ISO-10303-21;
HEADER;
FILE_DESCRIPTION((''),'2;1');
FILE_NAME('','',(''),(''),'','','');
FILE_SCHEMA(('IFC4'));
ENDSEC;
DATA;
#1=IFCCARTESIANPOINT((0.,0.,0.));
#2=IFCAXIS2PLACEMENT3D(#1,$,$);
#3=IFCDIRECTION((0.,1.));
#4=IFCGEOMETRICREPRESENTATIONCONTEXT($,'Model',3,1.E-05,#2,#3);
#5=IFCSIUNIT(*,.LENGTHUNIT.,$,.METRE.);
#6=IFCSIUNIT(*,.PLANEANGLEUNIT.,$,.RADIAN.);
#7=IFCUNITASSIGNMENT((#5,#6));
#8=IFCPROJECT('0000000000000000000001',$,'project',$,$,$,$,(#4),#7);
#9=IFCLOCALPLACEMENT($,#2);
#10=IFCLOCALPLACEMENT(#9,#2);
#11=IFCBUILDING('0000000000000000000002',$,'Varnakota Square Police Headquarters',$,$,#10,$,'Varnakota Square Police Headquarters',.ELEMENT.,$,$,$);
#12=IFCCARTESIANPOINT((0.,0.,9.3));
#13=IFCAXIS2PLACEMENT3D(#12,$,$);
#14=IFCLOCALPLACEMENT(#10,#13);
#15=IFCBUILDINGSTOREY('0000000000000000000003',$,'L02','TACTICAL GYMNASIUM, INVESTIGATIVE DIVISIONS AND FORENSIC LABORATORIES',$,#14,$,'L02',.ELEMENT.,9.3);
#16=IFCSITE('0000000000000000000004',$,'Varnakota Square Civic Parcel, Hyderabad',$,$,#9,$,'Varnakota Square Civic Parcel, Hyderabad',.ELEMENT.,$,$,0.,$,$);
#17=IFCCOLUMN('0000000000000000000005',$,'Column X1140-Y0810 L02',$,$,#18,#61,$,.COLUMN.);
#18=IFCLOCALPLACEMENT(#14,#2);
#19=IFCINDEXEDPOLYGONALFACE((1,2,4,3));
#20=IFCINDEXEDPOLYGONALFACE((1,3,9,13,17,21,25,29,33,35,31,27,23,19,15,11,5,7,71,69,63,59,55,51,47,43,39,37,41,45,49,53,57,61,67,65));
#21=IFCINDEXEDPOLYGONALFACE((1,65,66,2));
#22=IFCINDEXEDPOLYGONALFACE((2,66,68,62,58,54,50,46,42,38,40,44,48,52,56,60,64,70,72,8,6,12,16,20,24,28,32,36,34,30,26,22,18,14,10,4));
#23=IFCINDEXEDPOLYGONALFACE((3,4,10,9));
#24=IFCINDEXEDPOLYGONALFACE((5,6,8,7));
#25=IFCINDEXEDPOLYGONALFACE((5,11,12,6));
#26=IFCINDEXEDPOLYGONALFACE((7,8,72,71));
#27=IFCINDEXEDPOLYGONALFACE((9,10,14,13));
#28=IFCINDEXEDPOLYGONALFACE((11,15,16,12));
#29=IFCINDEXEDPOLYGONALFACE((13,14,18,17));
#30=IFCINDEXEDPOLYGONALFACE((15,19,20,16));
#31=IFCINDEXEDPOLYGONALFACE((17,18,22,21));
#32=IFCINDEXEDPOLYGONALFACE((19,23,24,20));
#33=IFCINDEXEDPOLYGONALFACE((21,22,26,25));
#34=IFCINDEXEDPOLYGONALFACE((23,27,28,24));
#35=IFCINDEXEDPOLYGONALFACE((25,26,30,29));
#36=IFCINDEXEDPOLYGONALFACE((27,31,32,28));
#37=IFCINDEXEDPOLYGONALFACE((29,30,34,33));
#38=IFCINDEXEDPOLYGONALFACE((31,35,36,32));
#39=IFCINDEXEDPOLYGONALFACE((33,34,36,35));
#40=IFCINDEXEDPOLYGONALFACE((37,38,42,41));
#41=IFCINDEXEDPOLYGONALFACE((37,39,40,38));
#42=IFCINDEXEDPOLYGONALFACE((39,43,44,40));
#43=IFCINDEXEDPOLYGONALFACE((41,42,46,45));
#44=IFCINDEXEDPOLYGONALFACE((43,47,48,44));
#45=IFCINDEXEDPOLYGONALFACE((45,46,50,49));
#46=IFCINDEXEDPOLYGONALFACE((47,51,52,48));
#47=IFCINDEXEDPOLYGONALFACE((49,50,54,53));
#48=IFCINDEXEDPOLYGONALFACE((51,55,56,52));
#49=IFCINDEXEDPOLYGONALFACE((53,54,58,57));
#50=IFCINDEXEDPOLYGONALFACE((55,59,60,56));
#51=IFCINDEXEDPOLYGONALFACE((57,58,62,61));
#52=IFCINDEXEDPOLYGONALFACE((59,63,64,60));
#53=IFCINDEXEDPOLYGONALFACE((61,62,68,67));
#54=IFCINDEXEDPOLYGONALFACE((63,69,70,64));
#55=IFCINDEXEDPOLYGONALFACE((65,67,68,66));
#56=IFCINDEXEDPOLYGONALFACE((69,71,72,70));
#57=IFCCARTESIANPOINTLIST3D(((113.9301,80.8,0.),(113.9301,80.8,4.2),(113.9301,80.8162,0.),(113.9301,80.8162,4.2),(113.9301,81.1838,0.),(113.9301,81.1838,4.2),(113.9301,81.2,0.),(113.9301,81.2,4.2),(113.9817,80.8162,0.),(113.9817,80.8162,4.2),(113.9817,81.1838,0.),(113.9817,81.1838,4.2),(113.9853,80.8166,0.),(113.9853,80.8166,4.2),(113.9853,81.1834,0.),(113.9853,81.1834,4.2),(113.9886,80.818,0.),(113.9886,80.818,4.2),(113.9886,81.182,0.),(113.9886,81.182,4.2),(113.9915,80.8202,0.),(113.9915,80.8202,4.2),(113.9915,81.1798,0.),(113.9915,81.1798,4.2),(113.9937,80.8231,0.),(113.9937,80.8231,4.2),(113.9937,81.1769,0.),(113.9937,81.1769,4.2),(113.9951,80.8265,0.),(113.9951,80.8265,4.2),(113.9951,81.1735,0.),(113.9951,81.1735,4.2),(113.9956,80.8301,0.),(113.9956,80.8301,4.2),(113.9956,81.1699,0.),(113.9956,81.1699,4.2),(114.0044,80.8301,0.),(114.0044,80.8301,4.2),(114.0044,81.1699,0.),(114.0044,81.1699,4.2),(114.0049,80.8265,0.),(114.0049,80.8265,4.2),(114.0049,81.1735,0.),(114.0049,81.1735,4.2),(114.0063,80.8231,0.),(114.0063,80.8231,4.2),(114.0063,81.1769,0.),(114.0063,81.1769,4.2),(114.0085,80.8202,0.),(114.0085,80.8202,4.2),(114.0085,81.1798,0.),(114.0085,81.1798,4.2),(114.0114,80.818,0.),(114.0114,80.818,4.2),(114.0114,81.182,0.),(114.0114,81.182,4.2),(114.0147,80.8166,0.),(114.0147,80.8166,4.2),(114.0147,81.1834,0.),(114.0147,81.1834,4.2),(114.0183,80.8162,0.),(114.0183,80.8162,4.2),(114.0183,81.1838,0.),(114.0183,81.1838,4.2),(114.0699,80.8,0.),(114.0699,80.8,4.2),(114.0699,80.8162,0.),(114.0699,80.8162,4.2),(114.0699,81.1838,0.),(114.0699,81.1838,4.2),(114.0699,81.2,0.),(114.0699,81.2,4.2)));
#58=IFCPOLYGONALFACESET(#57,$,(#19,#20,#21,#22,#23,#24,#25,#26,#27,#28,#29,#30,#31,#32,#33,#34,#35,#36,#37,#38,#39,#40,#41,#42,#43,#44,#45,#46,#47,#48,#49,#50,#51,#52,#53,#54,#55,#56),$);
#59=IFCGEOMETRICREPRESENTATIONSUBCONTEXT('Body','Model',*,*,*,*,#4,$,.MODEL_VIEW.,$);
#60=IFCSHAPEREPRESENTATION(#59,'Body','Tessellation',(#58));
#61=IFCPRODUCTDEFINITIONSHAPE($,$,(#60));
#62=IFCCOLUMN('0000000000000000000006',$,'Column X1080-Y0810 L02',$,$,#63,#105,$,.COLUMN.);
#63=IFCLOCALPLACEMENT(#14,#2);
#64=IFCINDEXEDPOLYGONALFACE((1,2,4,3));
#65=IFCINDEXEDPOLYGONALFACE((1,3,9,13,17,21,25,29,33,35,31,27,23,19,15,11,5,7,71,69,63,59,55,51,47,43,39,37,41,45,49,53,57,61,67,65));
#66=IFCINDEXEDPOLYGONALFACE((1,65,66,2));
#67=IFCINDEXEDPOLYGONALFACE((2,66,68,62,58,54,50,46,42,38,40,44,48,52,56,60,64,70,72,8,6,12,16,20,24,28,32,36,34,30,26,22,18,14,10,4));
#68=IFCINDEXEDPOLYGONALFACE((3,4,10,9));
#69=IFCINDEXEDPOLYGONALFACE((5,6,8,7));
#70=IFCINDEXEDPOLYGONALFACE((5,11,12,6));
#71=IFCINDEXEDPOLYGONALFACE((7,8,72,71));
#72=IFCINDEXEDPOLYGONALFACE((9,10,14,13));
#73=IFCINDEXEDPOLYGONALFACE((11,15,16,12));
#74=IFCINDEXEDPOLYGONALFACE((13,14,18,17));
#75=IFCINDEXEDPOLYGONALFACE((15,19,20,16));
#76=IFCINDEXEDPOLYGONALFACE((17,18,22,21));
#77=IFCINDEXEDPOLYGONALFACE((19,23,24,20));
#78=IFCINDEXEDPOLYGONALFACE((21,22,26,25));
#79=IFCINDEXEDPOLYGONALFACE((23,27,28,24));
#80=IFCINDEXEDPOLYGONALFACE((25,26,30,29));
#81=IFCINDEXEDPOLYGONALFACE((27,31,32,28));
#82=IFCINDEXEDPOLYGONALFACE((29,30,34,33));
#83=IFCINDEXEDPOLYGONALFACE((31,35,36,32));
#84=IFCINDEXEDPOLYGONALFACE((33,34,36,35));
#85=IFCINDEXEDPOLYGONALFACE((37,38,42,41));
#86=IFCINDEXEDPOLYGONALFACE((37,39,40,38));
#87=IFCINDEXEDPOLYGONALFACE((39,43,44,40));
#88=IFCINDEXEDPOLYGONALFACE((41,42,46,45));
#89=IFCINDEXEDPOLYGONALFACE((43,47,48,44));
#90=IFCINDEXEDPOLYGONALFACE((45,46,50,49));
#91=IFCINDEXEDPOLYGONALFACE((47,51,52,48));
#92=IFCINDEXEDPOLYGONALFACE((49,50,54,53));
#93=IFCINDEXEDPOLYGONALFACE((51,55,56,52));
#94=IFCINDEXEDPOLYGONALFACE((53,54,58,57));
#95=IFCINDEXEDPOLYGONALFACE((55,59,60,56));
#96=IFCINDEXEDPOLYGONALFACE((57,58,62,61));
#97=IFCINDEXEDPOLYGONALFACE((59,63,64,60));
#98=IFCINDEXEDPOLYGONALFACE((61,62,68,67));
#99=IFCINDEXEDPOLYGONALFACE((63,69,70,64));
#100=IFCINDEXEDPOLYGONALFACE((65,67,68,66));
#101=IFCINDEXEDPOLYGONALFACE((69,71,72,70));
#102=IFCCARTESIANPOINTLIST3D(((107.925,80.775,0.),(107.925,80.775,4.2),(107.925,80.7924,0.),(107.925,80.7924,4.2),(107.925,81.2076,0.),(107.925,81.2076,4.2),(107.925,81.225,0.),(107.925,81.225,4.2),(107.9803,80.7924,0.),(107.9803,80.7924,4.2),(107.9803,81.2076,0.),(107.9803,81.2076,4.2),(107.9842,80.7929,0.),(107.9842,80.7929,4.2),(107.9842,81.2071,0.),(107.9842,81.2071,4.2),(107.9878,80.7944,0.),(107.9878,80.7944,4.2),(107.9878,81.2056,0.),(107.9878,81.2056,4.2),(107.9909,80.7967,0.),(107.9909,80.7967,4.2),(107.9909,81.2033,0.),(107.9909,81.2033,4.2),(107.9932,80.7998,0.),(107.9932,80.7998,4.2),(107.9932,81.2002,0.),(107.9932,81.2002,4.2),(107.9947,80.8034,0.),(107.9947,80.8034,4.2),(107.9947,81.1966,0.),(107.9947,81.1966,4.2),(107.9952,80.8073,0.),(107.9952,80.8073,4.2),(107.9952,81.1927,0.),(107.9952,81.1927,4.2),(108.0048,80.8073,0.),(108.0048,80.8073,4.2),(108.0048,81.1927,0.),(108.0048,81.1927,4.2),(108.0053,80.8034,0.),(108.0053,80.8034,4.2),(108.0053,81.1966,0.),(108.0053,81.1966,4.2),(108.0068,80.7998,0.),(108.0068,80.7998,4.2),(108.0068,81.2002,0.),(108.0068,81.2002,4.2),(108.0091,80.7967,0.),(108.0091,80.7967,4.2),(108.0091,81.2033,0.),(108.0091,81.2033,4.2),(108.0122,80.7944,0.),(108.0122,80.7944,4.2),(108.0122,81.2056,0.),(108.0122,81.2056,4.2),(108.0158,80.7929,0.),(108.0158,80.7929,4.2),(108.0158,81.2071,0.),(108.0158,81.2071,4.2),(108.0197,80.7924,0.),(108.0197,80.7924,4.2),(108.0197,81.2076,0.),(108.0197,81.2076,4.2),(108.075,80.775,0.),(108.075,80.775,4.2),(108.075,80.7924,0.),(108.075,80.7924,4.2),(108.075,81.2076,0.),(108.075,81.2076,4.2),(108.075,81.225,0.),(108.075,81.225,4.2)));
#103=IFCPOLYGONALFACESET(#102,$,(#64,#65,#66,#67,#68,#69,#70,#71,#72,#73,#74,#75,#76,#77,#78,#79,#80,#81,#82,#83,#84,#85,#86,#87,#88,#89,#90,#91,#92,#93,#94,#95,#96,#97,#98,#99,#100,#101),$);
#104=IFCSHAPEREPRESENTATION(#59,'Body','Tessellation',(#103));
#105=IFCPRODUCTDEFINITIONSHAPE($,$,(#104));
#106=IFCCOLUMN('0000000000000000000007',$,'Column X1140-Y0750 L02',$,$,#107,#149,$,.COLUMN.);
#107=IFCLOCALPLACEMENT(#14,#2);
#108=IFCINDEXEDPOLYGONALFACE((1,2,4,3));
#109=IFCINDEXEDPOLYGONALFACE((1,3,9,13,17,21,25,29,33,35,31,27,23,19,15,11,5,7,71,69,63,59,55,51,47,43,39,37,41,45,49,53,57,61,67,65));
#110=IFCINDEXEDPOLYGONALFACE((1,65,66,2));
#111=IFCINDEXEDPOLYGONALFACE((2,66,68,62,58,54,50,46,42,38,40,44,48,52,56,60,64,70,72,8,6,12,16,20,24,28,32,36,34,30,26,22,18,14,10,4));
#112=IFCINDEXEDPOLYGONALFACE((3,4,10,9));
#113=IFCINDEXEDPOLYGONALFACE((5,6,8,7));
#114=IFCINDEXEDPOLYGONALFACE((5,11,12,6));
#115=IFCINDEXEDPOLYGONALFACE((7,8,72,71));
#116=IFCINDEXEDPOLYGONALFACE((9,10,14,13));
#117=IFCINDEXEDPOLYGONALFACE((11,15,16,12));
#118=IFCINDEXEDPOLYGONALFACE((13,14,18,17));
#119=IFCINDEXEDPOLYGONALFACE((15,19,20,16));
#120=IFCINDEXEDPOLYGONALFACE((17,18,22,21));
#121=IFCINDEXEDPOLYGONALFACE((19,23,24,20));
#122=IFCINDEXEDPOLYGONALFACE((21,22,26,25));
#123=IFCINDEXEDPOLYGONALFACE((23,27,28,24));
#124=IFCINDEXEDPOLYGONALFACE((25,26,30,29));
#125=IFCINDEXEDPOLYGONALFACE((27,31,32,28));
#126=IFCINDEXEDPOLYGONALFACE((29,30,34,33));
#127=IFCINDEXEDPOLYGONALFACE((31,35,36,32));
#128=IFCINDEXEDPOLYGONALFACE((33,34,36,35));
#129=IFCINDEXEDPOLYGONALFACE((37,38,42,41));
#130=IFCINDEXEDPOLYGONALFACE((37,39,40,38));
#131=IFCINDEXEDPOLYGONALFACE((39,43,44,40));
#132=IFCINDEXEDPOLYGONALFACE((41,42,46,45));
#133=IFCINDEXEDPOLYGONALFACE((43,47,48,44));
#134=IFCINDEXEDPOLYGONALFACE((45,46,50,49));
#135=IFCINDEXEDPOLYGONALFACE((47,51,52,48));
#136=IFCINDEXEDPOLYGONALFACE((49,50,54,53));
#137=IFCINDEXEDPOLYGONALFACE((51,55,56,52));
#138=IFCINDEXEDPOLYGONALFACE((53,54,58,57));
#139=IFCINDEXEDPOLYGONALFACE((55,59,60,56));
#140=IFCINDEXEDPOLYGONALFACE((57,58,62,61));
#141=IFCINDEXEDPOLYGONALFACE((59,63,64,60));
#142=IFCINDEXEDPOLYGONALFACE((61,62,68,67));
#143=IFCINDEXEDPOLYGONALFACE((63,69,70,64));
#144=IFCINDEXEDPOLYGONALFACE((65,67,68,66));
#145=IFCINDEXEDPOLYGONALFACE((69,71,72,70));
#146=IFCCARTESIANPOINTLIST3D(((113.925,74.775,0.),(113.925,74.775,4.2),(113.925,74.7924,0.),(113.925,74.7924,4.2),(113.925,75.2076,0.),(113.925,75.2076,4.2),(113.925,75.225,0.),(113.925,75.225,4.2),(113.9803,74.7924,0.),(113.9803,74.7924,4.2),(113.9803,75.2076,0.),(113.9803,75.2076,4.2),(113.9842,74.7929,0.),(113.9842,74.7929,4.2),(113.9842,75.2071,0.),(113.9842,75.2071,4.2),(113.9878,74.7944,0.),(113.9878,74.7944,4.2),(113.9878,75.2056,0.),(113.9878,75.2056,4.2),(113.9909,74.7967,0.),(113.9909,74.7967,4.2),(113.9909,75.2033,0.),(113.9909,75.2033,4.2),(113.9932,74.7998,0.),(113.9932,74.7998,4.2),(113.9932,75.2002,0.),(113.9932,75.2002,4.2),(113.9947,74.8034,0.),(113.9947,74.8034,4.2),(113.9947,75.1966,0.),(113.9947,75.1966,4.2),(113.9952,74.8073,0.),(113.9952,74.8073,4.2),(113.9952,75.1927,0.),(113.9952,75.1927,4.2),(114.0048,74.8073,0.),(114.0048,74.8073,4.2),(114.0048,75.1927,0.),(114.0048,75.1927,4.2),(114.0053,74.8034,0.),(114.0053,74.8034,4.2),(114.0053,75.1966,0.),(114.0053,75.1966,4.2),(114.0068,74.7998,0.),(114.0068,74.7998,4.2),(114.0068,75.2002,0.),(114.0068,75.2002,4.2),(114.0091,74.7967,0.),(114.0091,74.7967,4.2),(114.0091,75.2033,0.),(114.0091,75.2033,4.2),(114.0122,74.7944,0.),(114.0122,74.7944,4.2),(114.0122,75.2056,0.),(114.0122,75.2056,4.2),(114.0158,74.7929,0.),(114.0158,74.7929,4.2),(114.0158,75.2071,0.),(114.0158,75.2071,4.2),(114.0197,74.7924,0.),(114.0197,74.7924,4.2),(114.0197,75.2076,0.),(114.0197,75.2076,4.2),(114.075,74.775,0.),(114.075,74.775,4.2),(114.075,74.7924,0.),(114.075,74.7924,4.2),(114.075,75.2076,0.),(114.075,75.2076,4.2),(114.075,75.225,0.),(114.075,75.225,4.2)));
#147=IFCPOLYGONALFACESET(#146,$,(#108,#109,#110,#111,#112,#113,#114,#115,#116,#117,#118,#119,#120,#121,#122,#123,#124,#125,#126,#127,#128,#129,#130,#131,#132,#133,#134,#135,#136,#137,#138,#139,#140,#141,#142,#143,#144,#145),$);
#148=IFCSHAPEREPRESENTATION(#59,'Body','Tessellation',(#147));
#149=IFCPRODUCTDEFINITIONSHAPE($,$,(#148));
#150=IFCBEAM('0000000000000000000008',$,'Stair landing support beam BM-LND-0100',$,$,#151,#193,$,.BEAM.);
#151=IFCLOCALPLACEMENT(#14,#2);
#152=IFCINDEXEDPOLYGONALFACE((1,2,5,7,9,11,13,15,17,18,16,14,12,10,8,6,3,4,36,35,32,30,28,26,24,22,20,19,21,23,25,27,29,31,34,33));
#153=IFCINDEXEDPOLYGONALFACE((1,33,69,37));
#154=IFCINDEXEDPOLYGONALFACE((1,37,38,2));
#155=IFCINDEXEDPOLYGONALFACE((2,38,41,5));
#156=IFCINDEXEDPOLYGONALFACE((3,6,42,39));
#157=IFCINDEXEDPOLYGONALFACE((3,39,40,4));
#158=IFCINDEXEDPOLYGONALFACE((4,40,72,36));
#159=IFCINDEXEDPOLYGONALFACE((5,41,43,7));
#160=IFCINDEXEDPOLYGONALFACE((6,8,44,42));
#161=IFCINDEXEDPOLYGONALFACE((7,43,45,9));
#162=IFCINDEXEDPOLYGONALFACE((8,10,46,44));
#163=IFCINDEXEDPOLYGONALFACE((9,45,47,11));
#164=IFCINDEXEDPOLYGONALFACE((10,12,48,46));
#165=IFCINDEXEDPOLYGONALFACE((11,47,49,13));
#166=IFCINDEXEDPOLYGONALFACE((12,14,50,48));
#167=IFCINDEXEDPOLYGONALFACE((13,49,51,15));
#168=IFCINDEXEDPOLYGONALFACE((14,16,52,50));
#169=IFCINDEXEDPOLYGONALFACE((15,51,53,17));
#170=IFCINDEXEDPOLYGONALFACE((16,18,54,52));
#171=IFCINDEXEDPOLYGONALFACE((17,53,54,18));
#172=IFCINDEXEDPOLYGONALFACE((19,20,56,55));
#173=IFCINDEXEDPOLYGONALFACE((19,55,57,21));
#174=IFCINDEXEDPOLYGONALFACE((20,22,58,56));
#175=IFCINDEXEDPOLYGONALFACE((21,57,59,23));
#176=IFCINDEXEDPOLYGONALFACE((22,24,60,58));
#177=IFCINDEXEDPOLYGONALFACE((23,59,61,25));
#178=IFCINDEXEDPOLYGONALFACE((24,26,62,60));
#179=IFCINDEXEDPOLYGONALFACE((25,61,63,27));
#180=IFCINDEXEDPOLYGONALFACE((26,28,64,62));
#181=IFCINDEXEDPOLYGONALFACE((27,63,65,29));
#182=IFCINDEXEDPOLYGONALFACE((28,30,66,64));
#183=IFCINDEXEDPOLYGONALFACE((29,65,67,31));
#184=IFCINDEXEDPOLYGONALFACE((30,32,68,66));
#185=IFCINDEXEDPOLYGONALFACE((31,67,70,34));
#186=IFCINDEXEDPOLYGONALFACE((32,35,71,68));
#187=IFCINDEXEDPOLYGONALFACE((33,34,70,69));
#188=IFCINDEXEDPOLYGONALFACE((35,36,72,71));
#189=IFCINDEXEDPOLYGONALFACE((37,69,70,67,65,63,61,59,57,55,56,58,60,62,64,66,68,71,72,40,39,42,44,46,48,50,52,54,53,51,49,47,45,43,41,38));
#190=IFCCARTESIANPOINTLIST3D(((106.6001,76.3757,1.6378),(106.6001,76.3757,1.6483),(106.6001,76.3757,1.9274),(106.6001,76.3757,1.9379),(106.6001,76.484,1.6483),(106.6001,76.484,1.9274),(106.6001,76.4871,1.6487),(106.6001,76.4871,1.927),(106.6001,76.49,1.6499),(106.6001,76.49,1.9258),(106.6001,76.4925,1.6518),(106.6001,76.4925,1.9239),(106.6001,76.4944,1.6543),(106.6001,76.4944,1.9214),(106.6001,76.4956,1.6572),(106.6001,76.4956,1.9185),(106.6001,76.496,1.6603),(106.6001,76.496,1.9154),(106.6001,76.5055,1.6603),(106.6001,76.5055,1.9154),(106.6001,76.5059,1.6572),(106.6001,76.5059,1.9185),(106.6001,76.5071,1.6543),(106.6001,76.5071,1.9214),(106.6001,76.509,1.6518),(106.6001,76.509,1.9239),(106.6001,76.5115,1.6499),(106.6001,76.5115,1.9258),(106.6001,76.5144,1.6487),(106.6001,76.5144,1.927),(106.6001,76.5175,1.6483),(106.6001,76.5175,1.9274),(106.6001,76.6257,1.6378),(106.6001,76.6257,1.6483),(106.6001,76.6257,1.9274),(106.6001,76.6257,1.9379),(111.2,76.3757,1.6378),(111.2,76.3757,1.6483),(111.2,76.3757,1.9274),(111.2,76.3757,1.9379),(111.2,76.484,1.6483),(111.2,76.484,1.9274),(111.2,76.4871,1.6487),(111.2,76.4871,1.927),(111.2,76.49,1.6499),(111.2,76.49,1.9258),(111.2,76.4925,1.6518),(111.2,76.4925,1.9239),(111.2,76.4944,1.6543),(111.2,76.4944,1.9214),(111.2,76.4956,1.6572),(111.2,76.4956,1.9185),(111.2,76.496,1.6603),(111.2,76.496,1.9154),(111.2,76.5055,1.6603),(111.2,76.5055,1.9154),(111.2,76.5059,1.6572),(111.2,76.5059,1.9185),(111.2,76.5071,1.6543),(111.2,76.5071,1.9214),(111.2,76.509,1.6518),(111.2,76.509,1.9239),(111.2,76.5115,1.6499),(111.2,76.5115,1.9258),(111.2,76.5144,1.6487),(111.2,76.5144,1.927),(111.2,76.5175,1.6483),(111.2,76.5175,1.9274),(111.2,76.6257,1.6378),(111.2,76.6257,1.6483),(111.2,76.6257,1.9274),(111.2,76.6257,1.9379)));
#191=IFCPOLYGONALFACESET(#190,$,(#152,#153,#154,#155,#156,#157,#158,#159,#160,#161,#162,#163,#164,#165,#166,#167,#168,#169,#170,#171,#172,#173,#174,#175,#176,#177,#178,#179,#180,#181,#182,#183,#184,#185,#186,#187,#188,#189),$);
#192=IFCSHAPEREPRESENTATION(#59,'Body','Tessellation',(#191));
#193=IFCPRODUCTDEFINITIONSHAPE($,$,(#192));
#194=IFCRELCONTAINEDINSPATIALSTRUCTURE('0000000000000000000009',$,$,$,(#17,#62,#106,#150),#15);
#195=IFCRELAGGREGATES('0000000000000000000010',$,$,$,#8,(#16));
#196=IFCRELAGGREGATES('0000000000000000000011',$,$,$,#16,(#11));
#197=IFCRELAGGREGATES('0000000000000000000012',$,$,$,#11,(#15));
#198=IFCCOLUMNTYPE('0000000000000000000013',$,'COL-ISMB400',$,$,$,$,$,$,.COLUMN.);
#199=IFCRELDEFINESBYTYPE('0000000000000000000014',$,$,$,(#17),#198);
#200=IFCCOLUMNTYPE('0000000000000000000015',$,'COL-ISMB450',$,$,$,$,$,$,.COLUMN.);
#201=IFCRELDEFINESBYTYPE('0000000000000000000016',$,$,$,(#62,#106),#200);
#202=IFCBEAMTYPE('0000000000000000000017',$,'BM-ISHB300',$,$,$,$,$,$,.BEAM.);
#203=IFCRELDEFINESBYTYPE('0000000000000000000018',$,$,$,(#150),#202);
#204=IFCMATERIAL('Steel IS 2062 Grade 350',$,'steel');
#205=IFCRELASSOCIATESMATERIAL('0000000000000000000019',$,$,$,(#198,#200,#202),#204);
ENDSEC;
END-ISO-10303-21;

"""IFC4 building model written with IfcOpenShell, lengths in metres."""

from ifc_helpers import new_model, si_unit, direction, frame, origin, origin_2d, place, context, subcontext, project, spatial, i_section, extrude, material, material_profile, profile_set, type_object, element, save


model = new_model("IFC4")

# Units and contexts
model_context = context("Model", 3, precision=1e-05, world=origin(), true_north=direction((0.0, 1.0)))
body_context = subcontext(model_context, "Body", "Model", "MODEL_VIEW")
ifc_project = project(units=[si_unit("LENGTHUNIT", "METRE"), si_unit("PLANEANGLEUNIT", "RADIAN")], contexts=[model_context])

# Site, building, storey
site_placement = place(None, origin())
site = spatial("IfcSite", under=ifc_project, at=site_placement, Name="Varnakota Square Civic Parcel, Hyderabad", LongName="Varnakota Square Civic Parcel, Hyderabad", CompositionType="ELEMENT", RefElevation=0.0)
building_placement = place(site_placement, origin())
building = spatial("IfcBuilding", under=site, at=building_placement, Name="Varnakota Square Police Headquarters", LongName="Varnakota Square Police Headquarters", CompositionType="ELEMENT")
storey_placement = place(building_placement, frame((0.0, 0.0, 9.3)))
storey = spatial("IfcBuildingStorey", under=building, at=storey_placement, Name="L02", Description="TACTICAL GYMNASIUM, INVESTIGATIVE DIVISIONS AND FORENSIC LABORATORIES", LongName="L02", CompositionType="ELEMENT", Elevation=9.3)

# Columns
ifc_material_1 = material(Name="Steel IS 2062 Grade 350", Category="steel")
ifc_material_profile_1 = material_profile(ifc_material_1, i_section(OverallWidth=0.1399, OverallDepth=0.3999, WebThickness=0.0088, FlangeThickness=0.0161, FilletRadius=0.0139, at=origin_2d()), Name="ISMB 400")
ifc_profile_set_1 = profile_set([ifc_material_profile_1], Name="Steel IS 2062 Grade 350")
column_type_1 = type_object("IfcColumnType", Name="COL-ISMB400", PredefinedType="COLUMN", material=ifc_profile_set_1)
column_placement = place(storey_placement, frame((114.0, 81.0, 0.0), z_axis=(0.0, 0.0, 1.0), x_axis=(1.0, 0.0, 0.0)))
element("IfcColumn", 1, at=column_placement, inside=storey, type_object=column_type_1, Name="Column X1140-Y0810 L02", PredefinedType="COLUMN", context=body_context, shape_type="SweptSolid", body=[
    extrude(i_section(OverallWidth=0.1399, OverallDepth=0.3999, WebThickness=0.0088, FlangeThickness=0.0161, FilletRadius=0.0139, at=origin_2d()), origin(), (0.0, 0.0, 1.0), 4.2),
])
ifc_material_profile_2 = material_profile(ifc_material_1, i_section(OverallWidth=0.1499, OverallDepth=0.45, WebThickness=0.0095, FlangeThickness=0.0173, FilletRadius=0.0149, at=origin_2d()), Name="ISMB 450")
ifc_profile_set_2 = profile_set([ifc_material_profile_2], Name="Steel IS 2062 Grade 350")
column_type_2 = type_object("IfcColumnType", Name="COL-ISMB450", PredefinedType="COLUMN", material=ifc_profile_set_2)
for number, where, z_axis, x_axis, name in (
    (2, (108.0, 81.0, 0.0), (0.0, 0.0, 1.0), (1.0, 0.0, 0.0), "Column X1080-Y0810 L02"),
    (3, (114.0, 75.0, 0.0), (0.0, 0.0, 1.0), (1.0, 0.0, 0.0), "Column X1140-Y0750 L02"),
):
    element("IfcColumn", number, at=place(storey_placement, frame(where, z_axis=z_axis, x_axis=x_axis)), inside=storey, type_object=column_type_2, Name=name, PredefinedType="COLUMN", context=body_context, shape_type="SweptSolid", body=[
        extrude(i_section(OverallWidth=0.1499, OverallDepth=0.45, WebThickness=0.0095, FlangeThickness=0.0173, FilletRadius=0.0149, at=origin_2d()), origin(), (0.0, 0.0, 1.0), 4.2),
    ])

# Beam
ifc_material_profile_3 = material_profile(ifc_material_1, i_section(OverallWidth=0.25, OverallDepth=0.3, WebThickness=0.0095, FlangeThickness=0.0105, FilletRadius=0.012, at=origin_2d()), Name="ISHB 300")
ifc_profile_set_3 = profile_set([ifc_material_profile_3], Name="Steel IS 2062 Grade 350")
beam_type_1 = type_object("IfcBeamType", Name="BM-ISHB300", PredefinedType="BEAM", material=ifc_profile_set_3)
beam_1_placement = place(storey_placement, frame((106.6001, 76.5007, 1.7878), z_axis=(1.0, 0.0, 0.0), x_axis=(0.0, 1.0, 0.0)))
element("IfcBeam", 4, at=beam_1_placement, inside=storey, type_object=beam_type_1, Name="Stair landing support beam BM-LND-0100", PredefinedType="BEAM", context=body_context, shape_type="SweptSolid", body=[
    extrude(i_section(OverallWidth=0.25, OverallDepth=0.3, WebThickness=0.0095, FlangeThickness=0.0105, FilletRadius=0.012, at=origin_2d()), origin(), (0.0, 0.0, 1.0), 4.5999),
])

save(model, "model.ifc")
